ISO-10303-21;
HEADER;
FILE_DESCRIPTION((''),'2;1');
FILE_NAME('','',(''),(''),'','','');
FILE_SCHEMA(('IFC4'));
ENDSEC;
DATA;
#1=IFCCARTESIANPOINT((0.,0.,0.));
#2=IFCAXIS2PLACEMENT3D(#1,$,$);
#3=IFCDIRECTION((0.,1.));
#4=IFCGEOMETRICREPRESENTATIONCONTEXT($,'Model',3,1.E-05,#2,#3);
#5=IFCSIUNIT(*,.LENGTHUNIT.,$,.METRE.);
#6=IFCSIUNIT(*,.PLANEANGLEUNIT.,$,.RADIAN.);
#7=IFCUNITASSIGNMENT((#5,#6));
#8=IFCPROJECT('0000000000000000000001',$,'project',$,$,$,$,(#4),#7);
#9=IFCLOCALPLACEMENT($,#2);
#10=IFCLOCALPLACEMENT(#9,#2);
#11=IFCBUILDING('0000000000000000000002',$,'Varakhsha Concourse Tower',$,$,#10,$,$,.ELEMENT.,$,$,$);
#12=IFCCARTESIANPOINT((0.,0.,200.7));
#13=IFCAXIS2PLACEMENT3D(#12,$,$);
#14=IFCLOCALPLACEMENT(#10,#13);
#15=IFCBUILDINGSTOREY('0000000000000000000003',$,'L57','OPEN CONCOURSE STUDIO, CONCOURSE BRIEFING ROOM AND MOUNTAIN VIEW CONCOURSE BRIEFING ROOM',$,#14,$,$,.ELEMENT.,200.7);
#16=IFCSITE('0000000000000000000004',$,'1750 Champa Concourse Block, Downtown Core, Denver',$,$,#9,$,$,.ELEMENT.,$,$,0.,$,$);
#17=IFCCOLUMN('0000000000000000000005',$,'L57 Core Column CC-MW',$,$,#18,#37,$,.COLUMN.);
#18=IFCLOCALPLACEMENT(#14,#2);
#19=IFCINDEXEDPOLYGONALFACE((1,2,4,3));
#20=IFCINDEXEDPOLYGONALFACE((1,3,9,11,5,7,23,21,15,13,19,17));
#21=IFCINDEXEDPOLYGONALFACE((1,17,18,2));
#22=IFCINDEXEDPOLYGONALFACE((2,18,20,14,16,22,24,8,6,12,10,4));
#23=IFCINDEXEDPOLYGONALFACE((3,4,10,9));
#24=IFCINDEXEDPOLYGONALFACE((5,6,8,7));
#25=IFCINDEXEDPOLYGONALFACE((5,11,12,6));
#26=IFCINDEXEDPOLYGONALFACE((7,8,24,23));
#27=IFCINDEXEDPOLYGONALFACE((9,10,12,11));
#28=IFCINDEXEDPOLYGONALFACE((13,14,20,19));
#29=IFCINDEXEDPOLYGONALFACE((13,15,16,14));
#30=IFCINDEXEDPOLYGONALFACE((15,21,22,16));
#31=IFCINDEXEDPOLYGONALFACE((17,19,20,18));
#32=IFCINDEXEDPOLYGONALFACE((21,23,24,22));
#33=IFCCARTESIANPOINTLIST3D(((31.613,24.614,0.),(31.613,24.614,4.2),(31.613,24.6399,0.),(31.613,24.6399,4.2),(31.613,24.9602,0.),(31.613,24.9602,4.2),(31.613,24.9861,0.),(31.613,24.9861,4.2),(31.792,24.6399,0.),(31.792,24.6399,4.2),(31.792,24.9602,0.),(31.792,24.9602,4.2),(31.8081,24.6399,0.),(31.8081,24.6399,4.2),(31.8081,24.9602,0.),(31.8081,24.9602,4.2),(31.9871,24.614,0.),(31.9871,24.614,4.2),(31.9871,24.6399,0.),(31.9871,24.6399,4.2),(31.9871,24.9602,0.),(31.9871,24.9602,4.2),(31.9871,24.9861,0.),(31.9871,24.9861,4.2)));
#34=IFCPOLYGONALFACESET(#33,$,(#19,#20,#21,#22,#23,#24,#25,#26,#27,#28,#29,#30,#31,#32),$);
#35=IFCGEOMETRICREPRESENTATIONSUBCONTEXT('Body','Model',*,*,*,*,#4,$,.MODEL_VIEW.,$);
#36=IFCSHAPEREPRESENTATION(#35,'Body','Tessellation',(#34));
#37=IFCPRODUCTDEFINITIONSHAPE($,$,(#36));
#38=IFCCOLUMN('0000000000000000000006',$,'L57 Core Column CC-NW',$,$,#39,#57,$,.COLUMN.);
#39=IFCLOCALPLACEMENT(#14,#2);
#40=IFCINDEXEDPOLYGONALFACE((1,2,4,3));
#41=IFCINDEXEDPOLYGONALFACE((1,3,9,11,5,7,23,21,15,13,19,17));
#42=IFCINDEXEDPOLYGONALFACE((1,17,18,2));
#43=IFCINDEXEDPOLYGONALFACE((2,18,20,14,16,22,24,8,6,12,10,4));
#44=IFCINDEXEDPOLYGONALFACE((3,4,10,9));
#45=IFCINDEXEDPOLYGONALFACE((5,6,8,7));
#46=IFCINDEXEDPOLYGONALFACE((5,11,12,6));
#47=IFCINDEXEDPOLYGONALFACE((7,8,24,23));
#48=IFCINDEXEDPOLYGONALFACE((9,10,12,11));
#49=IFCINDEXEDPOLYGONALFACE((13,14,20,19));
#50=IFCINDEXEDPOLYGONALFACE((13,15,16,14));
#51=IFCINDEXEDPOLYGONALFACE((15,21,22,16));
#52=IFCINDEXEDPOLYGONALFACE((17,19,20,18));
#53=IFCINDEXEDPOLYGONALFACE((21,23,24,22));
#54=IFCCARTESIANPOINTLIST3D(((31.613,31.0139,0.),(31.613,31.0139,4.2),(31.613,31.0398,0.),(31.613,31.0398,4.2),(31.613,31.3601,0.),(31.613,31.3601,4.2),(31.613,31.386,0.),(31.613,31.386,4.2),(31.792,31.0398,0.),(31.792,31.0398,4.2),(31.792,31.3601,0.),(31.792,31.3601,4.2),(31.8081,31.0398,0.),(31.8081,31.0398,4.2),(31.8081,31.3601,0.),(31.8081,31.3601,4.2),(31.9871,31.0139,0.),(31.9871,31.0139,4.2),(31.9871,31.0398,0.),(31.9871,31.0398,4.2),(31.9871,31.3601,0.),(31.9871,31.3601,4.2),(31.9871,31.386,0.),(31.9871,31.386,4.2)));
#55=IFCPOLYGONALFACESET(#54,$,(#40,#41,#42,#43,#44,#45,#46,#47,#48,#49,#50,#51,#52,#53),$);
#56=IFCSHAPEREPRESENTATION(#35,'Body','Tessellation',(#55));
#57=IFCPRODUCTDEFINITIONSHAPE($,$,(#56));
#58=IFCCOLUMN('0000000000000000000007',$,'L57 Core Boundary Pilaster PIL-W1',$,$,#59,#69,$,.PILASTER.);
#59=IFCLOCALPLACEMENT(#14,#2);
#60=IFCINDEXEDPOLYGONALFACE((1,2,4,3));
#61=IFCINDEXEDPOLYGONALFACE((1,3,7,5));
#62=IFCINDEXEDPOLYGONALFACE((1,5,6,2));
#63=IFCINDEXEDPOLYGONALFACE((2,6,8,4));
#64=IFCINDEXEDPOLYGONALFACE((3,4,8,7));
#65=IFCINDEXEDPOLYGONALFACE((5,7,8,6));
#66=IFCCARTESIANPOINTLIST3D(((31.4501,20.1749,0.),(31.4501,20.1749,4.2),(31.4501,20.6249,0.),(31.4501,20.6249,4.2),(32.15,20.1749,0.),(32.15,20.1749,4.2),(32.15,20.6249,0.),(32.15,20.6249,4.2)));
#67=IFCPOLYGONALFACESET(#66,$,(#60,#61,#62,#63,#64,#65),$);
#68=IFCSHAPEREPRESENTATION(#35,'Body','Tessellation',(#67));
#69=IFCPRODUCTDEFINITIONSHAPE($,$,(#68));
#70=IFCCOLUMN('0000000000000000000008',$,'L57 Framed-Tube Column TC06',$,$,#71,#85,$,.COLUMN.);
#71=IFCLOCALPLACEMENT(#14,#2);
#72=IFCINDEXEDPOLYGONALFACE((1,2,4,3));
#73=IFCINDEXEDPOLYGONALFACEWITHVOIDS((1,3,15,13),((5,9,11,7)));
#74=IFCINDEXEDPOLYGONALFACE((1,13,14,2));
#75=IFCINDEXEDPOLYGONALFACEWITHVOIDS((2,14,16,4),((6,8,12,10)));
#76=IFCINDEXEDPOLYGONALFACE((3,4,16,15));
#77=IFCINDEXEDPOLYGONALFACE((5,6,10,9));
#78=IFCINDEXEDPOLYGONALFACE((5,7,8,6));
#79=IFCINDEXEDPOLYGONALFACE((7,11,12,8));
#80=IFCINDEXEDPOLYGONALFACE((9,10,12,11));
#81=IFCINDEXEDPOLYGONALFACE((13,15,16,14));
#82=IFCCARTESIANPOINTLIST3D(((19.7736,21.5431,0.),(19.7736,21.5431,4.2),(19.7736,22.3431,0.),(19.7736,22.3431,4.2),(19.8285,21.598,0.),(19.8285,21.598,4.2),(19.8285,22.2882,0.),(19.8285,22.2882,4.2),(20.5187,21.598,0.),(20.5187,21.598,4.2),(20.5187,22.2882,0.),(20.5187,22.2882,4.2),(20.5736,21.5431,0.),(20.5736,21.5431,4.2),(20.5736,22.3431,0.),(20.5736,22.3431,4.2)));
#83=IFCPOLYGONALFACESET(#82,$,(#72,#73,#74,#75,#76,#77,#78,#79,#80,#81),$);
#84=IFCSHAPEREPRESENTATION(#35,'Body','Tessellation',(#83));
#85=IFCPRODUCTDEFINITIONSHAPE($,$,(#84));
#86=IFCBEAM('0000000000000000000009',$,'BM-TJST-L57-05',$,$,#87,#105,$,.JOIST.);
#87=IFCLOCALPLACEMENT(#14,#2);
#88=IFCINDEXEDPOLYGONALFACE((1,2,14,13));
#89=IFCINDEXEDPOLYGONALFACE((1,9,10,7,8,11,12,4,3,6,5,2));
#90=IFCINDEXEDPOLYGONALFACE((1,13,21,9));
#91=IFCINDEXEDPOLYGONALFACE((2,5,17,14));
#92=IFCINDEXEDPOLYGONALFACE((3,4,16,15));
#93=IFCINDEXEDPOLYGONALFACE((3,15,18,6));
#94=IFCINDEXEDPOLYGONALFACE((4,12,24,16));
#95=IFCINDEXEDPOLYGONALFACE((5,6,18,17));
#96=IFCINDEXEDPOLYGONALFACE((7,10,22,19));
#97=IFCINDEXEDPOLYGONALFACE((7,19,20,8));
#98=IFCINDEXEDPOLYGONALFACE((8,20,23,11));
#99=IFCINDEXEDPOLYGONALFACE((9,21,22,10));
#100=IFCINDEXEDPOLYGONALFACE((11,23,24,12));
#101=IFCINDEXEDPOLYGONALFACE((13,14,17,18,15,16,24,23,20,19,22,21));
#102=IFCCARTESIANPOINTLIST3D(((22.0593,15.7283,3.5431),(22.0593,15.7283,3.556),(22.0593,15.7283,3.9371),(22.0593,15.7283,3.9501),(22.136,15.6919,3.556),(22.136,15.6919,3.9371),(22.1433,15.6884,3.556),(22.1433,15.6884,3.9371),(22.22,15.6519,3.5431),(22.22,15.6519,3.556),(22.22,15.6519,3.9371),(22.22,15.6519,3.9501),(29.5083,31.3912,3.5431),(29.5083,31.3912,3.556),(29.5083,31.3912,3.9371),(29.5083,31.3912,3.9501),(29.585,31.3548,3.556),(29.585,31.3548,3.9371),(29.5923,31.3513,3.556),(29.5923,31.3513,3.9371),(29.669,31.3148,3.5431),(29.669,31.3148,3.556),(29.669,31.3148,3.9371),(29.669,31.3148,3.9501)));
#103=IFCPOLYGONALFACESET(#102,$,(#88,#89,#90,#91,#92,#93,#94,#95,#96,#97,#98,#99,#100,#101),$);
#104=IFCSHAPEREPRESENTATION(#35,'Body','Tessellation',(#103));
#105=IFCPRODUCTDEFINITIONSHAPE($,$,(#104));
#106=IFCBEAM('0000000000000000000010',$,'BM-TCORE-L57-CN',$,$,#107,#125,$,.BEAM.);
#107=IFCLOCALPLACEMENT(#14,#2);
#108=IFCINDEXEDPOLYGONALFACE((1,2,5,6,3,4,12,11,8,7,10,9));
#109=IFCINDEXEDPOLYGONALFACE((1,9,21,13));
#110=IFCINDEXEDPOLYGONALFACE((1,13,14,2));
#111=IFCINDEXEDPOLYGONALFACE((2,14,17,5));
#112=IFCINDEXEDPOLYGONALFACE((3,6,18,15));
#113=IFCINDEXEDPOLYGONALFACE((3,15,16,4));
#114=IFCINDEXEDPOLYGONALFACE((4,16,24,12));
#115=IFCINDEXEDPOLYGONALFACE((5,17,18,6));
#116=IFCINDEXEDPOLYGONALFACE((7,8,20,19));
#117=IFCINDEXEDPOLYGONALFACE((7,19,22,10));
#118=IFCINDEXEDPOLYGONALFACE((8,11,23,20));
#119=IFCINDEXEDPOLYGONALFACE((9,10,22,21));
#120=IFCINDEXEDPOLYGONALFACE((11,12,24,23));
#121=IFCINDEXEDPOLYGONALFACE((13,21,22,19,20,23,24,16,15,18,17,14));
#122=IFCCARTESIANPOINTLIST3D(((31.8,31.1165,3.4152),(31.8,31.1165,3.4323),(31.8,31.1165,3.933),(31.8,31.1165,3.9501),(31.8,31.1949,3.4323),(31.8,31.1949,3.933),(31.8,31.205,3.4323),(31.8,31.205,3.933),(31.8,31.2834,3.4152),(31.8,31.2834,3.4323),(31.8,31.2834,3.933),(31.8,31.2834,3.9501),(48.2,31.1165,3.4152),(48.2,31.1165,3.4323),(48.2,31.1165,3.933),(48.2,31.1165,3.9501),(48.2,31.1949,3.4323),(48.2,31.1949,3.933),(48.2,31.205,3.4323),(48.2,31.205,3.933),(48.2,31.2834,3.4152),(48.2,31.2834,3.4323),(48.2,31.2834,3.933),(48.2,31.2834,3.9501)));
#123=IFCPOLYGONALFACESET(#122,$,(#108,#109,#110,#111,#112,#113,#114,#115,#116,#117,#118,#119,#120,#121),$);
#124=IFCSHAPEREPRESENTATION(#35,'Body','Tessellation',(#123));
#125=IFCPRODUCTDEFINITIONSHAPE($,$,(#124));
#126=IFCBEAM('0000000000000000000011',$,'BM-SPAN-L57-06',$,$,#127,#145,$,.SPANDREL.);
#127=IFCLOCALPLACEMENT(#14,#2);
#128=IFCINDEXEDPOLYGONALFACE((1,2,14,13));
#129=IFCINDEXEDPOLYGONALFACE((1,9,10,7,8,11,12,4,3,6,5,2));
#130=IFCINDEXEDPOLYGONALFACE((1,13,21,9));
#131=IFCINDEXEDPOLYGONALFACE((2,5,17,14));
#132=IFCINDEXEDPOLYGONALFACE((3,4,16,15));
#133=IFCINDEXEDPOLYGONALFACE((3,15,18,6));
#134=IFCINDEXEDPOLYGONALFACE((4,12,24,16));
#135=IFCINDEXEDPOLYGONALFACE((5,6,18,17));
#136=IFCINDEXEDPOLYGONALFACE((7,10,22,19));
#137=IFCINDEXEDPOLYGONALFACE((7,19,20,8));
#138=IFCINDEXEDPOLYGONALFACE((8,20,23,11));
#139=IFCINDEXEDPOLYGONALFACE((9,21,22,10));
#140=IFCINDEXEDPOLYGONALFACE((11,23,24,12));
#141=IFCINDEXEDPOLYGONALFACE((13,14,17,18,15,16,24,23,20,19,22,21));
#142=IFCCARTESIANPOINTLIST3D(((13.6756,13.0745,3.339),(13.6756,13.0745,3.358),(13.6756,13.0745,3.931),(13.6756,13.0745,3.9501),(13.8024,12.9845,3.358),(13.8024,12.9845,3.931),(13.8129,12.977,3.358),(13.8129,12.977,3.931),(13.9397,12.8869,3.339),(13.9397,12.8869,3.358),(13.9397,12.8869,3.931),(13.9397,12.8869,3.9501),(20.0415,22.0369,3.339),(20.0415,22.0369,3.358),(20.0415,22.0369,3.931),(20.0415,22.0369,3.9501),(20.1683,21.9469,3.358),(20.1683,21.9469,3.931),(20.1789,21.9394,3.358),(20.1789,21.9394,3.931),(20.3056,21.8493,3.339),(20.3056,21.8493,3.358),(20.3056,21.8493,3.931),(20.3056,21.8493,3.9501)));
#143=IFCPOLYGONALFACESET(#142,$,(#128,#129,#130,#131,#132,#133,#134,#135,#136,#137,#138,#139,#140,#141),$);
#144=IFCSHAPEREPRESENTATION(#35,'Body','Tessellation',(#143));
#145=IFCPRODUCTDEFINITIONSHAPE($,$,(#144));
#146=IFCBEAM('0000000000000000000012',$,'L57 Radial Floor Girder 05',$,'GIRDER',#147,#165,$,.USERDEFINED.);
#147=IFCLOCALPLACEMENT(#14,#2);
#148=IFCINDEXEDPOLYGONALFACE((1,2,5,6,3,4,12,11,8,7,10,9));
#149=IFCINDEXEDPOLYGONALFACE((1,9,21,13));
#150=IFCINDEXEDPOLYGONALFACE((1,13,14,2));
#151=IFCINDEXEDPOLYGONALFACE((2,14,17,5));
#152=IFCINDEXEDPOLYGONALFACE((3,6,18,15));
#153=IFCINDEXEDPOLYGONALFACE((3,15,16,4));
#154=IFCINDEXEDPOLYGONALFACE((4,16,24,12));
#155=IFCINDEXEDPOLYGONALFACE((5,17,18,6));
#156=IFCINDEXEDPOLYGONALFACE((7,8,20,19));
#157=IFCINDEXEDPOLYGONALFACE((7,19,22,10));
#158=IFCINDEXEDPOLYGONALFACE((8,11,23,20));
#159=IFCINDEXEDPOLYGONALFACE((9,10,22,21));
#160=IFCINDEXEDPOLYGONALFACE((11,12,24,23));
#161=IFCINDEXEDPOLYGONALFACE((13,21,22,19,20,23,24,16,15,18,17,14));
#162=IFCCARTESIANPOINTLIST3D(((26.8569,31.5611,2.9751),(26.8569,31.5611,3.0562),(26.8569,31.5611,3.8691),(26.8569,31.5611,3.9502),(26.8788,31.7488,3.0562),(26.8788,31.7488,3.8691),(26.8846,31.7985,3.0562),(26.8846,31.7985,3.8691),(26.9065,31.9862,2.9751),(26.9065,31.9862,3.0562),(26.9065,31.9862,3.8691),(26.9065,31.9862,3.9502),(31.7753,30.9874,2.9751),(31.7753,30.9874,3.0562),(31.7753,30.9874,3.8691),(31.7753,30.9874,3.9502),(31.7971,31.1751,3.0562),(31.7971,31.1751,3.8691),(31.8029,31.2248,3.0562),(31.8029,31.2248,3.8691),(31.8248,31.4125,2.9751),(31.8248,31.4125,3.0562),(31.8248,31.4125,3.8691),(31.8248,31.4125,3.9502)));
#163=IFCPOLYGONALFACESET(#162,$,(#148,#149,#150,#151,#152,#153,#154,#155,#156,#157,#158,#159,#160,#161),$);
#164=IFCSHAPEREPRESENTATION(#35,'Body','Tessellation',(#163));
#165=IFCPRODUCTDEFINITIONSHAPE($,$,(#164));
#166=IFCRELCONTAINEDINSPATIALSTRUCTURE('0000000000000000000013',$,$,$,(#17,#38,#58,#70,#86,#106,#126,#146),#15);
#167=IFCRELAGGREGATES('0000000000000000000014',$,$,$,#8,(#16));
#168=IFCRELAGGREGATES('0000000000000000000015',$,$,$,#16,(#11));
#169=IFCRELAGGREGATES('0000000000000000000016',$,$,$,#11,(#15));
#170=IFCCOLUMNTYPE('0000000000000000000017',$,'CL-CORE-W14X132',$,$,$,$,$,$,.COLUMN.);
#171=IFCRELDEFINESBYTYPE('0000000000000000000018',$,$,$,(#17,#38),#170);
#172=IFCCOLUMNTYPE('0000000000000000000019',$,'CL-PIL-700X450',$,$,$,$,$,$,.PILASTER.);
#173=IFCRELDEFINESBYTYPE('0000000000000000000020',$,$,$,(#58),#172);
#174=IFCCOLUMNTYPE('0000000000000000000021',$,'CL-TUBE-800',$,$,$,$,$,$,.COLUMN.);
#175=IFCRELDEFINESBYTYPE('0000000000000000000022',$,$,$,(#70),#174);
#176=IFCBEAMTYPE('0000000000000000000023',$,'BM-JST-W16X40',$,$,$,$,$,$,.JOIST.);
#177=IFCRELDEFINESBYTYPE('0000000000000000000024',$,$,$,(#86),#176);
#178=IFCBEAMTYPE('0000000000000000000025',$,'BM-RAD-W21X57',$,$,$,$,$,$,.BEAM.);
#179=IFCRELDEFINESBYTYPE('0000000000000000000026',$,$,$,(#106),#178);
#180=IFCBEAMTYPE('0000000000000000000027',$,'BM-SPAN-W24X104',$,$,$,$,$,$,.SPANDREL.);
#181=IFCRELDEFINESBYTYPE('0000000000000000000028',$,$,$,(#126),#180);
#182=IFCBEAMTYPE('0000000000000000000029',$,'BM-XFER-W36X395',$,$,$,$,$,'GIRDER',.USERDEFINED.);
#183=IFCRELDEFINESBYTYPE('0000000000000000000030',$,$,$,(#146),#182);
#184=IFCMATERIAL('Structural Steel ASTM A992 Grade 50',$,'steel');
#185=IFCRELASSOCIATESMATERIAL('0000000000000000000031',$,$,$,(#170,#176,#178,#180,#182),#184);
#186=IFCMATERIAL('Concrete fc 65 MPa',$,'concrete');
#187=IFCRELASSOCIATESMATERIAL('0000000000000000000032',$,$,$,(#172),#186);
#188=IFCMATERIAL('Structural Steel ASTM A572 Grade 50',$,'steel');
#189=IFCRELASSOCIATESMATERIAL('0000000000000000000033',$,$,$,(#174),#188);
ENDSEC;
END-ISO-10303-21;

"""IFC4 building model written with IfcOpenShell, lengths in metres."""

from ifc_helpers import new_model, si_unit, direction, frame, origin, origin_2d, place, context, subcontext, project, spatial, rectangle, hollow_rectangle, i_section, extrude, material, material_profile, profile_set, type_object, element, save


model = new_model("IFC4")

# Units and contexts
model_context = context("Model", 3, precision=1e-05, world=origin(), true_north=direction((0.0, 1.0)))
body_context = subcontext(model_context, "Body", "Model", "MODEL_VIEW")
ifc_project = project(units=[si_unit("LENGTHUNIT", "METRE"), si_unit("PLANEANGLEUNIT", "RADIAN")], contexts=[model_context])

# Site, building, storey
site_placement = place(None, origin())
site = spatial("IfcSite", under=ifc_project, at=site_placement, Name="1750 Champa Concourse Block, Downtown Core, Denver", CompositionType="ELEMENT", RefElevation=0.0)
building_placement = place(site_placement, origin())
building = spatial("IfcBuilding", under=site, at=building_placement, Name="Varakhsha Concourse Tower", CompositionType="ELEMENT")
storey_placement = place(building_placement, frame((0.0, 0.0, 200.7)))
storey = spatial("IfcBuildingStorey", under=building, at=storey_placement, Name="L57", Description="OPEN CONCOURSE STUDIO, CONCOURSE BRIEFING ROOM AND MOUNTAIN VIEW CONCOURSE BRIEFING ROOM", CompositionType="ELEMENT", Elevation=200.7)

# Columns
ifc_material_1 = material(Name="Structural Steel ASTM A992 Grade 50", Category="steel")
ifc_material_profile_1 = material_profile(ifc_material_1, i_section(OverallWidth=0.374, OverallDepth=0.3721, WebThickness=0.0161, FlangeThickness=0.0259, at=origin_2d()), Name="W14X132")
ifc_profile_set_1 = profile_set([ifc_material_profile_1], Name="Structural Steel ASTM A992 Grade 50")
column_type_1 = type_object("IfcColumnType", Name="CL-CORE-W14X132", PredefinedType="COLUMN", material=ifc_profile_set_1)
for number, where, z_axis, x_axis, name in (
    (1, (31.8, 24.8, 0.0), (0.0, 0.0, 1.0), (1.0, 0.0, 0.0), "L57 Core Column CC-MW"),
    (2, (31.8, 31.2, 0.0), (0.0, 0.0, 1.0), (1.0, 0.0, 0.0), "L57 Core Column CC-NW"),
):
    element("IfcColumn", number, at=place(storey_placement, frame(where, z_axis=z_axis, x_axis=x_axis)), inside=storey, type_object=column_type_1, Name=name, PredefinedType="COLUMN", context=body_context, shape_type="SweptSolid", body=[
        extrude(i_section(OverallWidth=0.374, OverallDepth=0.3721, WebThickness=0.0161, FlangeThickness=0.0259, at=origin_2d()), origin(), (0.0, 0.0, 1.0), 4.2),
    ])
ifc_material_2 = material(Name="Concrete fc 65 MPa", Category="concrete")
ifc_material_profile_2 = material_profile(ifc_material_2, rectangle(XDim=0.7, YDim=0.45, at=origin_2d()), Name="RC 700x450")
ifc_profile_set_2 = profile_set([ifc_material_profile_2], Name="Concrete fc 65 MPa")
column_type_2 = type_object("IfcColumnType", Name="CL-PIL-700X450", PredefinedType="PILASTER", material=ifc_profile_set_2)
column_1_placement = place(storey_placement, frame((31.8, 20.3999, 0.0), z_axis=(0.0, 0.0, 1.0), x_axis=(1.0, 0.0, 0.0)))
element("IfcColumn", 3, at=column_1_placement, inside=storey, type_object=column_type_2, Name="L57 Core Boundary Pilaster PIL-W1", PredefinedType="PILASTER", context=body_context, shape_type="SweptSolid", body=[
    extrude(rectangle(XDim=0.7, YDim=0.45, at=origin_2d()), origin(), (0.0, 0.0, 1.0), 4.2),
])
ifc_material_3 = material(Name="Structural Steel ASTM A572 Grade 50", Category="steel")
ifc_material_profile_3 = material_profile(ifc_material_3, hollow_rectangle(XDim=0.8, YDim=0.8, WallThickness=0.0549, at=origin_2d()), Name="BOX 800x800x55")
ifc_profile_set_3 = profile_set([ifc_material_profile_3], Name="Structural Steel ASTM A572 Grade 50")
column_type_3 = type_object("IfcColumnType", Name="CL-TUBE-800", PredefinedType="COLUMN", material=ifc_profile_set_3)
column_2_placement = place(storey_placement, frame((20.1736, 21.9431, 0.0), z_axis=(0.0, 0.0, 1.0), x_axis=(1.0, 0.0, 0.0)))
element("IfcColumn", 4, at=column_2_placement, inside=storey, type_object=column_type_3, Name="L57 Framed-Tube Column TC06", PredefinedType="COLUMN", context=body_context, shape_type="SweptSolid", body=[
    extrude(hollow_rectangle(XDim=0.8, YDim=0.8, WallThickness=0.0549, at=origin_2d()), origin(), (0.0, 0.0, 1.0), 4.2),
])

# Beams
ifc_material_profile_4 = material_profile(ifc_material_1, i_section(OverallWidth=0.178, OverallDepth=0.407, WebThickness=0.0081, FlangeThickness=0.0129, at=origin_2d()), Name="W16X40")
ifc_profile_set_4 = profile_set([ifc_material_profile_4], Name="Structural Steel ASTM A992 Grade 50")
beam_type_1 = type_object("IfcBeamType", Name="BM-JST-W16X40", PredefinedType="JOIST", material=ifc_profile_set_4)
beam_1_placement = place(storey_placement, frame((29.5886, 31.353, 3.7466), z_axis=(-0.429486, -0.903074, 0.0), x_axis=(0.903074, -0.429486, 0.0)))
element("IfcBeam", 5, at=beam_1_placement, inside=storey, type_object=beam_type_1, Name="BM-TJST-L57-05", PredefinedType="JOIST", context=body_context, shape_type="SweptSolid", body=[
    extrude(i_section(OverallWidth=0.178, OverallDepth=0.407, WebThickness=0.0081, FlangeThickness=0.0129, at=origin_2d()), origin(), (0.0, 0.0, 1.0), 17.344),
])
ifc_material_profile_5 = material_profile(ifc_material_1, i_section(OverallWidth=0.167, OverallDepth=0.5349, WebThickness=0.01, FlangeThickness=0.0171, at=origin_2d()), Name="W21X57")
ifc_profile_set_5 = profile_set([ifc_material_profile_5], Name="Structural Steel ASTM A992 Grade 50")
beam_type_2 = type_object("IfcBeamType", Name="BM-RAD-W21X57", PredefinedType="BEAM", material=ifc_profile_set_5)
beam_2_placement = place(storey_placement, frame((31.8, 31.2, 3.6826), z_axis=(1.0, 0.0, 0.0), x_axis=(0.0, 1.0, 0.0)))
element("IfcBeam", 6, at=beam_2_placement, inside=storey, type_object=beam_type_2, Name="BM-TCORE-L57-CN", PredefinedType="BEAM", context=body_context, shape_type="SweptSolid", body=[
    extrude(i_section(OverallWidth=0.167, OverallDepth=0.5349, WebThickness=0.01, FlangeThickness=0.0171, at=origin_2d()), origin(), (0.0, 0.0, 1.0), 16.3999),
])
ifc_material_profile_6 = material_profile(ifc_material_1, i_section(OverallWidth=0.324, OverallDepth=0.6111, WebThickness=0.0129, FlangeThickness=0.019, at=origin_2d()), Name="W24X104")
ifc_profile_set_6 = profile_set([ifc_material_profile_6], Name="Structural Steel ASTM A992 Grade 50")
beam_type_3 = type_object("IfcBeamType", Name="BM-SPAN-W24X104", PredefinedType="SPANDREL", material=ifc_profile_set_6)
beam_3_placement = place(storey_placement, frame((20.1736, 21.9431, 3.6445), z_axis=(-0.579083, -0.815269, 0.0), x_axis=(0.815269, -0.579083, 0.0)))
element("IfcBeam", 7, at=beam_3_placement, inside=storey, type_object=beam_type_3, Name="BM-SPAN-L57-06", PredefinedType="SPANDREL", context=body_context, shape_type="SweptSolid", body=[
    extrude(i_section(OverallWidth=0.324, OverallDepth=0.6111, WebThickness=0.0129, FlangeThickness=0.019, at=origin_2d()), origin(), (0.0, 0.0, 1.0), 10.9932),
])
ifc_material_profile_7 = material_profile(ifc_material_1, i_section(OverallWidth=0.428, OverallDepth=0.9751, WebThickness=0.05, FlangeThickness=0.0811, at=origin_2d()), Name="W36X395")
ifc_profile_set_7 = profile_set([ifc_material_profile_7], Name="Structural Steel ASTM A992 Grade 50")
beam_type_4 = type_object("IfcBeamType", Name="BM-XFER-W36X395", ElementType="GIRDER", PredefinedType="USERDEFINED", material=ifc_profile_set_7)
beam_4_placement = place(storey_placement, frame((31.8, 31.2, 3.4626), z_axis=(-0.993265, 0.115869, 0.0), x_axis=(-0.115869, -0.993265, 0.0)))
element("IfcBeam", 8, at=beam_4_placement, inside=storey, type_object=beam_type_4, Name="L57 Radial Floor Girder 05", ObjectType="GIRDER", PredefinedType="USERDEFINED", context=body_context, shape_type="SweptSolid", body=[
    extrude(i_section(OverallWidth=0.428, OverallDepth=0.9751, WebThickness=0.05, FlangeThickness=0.0811, at=origin_2d()), origin(), (0.0, 0.0, 1.0), 4.9517),
])

save(model, "model.ifc")
